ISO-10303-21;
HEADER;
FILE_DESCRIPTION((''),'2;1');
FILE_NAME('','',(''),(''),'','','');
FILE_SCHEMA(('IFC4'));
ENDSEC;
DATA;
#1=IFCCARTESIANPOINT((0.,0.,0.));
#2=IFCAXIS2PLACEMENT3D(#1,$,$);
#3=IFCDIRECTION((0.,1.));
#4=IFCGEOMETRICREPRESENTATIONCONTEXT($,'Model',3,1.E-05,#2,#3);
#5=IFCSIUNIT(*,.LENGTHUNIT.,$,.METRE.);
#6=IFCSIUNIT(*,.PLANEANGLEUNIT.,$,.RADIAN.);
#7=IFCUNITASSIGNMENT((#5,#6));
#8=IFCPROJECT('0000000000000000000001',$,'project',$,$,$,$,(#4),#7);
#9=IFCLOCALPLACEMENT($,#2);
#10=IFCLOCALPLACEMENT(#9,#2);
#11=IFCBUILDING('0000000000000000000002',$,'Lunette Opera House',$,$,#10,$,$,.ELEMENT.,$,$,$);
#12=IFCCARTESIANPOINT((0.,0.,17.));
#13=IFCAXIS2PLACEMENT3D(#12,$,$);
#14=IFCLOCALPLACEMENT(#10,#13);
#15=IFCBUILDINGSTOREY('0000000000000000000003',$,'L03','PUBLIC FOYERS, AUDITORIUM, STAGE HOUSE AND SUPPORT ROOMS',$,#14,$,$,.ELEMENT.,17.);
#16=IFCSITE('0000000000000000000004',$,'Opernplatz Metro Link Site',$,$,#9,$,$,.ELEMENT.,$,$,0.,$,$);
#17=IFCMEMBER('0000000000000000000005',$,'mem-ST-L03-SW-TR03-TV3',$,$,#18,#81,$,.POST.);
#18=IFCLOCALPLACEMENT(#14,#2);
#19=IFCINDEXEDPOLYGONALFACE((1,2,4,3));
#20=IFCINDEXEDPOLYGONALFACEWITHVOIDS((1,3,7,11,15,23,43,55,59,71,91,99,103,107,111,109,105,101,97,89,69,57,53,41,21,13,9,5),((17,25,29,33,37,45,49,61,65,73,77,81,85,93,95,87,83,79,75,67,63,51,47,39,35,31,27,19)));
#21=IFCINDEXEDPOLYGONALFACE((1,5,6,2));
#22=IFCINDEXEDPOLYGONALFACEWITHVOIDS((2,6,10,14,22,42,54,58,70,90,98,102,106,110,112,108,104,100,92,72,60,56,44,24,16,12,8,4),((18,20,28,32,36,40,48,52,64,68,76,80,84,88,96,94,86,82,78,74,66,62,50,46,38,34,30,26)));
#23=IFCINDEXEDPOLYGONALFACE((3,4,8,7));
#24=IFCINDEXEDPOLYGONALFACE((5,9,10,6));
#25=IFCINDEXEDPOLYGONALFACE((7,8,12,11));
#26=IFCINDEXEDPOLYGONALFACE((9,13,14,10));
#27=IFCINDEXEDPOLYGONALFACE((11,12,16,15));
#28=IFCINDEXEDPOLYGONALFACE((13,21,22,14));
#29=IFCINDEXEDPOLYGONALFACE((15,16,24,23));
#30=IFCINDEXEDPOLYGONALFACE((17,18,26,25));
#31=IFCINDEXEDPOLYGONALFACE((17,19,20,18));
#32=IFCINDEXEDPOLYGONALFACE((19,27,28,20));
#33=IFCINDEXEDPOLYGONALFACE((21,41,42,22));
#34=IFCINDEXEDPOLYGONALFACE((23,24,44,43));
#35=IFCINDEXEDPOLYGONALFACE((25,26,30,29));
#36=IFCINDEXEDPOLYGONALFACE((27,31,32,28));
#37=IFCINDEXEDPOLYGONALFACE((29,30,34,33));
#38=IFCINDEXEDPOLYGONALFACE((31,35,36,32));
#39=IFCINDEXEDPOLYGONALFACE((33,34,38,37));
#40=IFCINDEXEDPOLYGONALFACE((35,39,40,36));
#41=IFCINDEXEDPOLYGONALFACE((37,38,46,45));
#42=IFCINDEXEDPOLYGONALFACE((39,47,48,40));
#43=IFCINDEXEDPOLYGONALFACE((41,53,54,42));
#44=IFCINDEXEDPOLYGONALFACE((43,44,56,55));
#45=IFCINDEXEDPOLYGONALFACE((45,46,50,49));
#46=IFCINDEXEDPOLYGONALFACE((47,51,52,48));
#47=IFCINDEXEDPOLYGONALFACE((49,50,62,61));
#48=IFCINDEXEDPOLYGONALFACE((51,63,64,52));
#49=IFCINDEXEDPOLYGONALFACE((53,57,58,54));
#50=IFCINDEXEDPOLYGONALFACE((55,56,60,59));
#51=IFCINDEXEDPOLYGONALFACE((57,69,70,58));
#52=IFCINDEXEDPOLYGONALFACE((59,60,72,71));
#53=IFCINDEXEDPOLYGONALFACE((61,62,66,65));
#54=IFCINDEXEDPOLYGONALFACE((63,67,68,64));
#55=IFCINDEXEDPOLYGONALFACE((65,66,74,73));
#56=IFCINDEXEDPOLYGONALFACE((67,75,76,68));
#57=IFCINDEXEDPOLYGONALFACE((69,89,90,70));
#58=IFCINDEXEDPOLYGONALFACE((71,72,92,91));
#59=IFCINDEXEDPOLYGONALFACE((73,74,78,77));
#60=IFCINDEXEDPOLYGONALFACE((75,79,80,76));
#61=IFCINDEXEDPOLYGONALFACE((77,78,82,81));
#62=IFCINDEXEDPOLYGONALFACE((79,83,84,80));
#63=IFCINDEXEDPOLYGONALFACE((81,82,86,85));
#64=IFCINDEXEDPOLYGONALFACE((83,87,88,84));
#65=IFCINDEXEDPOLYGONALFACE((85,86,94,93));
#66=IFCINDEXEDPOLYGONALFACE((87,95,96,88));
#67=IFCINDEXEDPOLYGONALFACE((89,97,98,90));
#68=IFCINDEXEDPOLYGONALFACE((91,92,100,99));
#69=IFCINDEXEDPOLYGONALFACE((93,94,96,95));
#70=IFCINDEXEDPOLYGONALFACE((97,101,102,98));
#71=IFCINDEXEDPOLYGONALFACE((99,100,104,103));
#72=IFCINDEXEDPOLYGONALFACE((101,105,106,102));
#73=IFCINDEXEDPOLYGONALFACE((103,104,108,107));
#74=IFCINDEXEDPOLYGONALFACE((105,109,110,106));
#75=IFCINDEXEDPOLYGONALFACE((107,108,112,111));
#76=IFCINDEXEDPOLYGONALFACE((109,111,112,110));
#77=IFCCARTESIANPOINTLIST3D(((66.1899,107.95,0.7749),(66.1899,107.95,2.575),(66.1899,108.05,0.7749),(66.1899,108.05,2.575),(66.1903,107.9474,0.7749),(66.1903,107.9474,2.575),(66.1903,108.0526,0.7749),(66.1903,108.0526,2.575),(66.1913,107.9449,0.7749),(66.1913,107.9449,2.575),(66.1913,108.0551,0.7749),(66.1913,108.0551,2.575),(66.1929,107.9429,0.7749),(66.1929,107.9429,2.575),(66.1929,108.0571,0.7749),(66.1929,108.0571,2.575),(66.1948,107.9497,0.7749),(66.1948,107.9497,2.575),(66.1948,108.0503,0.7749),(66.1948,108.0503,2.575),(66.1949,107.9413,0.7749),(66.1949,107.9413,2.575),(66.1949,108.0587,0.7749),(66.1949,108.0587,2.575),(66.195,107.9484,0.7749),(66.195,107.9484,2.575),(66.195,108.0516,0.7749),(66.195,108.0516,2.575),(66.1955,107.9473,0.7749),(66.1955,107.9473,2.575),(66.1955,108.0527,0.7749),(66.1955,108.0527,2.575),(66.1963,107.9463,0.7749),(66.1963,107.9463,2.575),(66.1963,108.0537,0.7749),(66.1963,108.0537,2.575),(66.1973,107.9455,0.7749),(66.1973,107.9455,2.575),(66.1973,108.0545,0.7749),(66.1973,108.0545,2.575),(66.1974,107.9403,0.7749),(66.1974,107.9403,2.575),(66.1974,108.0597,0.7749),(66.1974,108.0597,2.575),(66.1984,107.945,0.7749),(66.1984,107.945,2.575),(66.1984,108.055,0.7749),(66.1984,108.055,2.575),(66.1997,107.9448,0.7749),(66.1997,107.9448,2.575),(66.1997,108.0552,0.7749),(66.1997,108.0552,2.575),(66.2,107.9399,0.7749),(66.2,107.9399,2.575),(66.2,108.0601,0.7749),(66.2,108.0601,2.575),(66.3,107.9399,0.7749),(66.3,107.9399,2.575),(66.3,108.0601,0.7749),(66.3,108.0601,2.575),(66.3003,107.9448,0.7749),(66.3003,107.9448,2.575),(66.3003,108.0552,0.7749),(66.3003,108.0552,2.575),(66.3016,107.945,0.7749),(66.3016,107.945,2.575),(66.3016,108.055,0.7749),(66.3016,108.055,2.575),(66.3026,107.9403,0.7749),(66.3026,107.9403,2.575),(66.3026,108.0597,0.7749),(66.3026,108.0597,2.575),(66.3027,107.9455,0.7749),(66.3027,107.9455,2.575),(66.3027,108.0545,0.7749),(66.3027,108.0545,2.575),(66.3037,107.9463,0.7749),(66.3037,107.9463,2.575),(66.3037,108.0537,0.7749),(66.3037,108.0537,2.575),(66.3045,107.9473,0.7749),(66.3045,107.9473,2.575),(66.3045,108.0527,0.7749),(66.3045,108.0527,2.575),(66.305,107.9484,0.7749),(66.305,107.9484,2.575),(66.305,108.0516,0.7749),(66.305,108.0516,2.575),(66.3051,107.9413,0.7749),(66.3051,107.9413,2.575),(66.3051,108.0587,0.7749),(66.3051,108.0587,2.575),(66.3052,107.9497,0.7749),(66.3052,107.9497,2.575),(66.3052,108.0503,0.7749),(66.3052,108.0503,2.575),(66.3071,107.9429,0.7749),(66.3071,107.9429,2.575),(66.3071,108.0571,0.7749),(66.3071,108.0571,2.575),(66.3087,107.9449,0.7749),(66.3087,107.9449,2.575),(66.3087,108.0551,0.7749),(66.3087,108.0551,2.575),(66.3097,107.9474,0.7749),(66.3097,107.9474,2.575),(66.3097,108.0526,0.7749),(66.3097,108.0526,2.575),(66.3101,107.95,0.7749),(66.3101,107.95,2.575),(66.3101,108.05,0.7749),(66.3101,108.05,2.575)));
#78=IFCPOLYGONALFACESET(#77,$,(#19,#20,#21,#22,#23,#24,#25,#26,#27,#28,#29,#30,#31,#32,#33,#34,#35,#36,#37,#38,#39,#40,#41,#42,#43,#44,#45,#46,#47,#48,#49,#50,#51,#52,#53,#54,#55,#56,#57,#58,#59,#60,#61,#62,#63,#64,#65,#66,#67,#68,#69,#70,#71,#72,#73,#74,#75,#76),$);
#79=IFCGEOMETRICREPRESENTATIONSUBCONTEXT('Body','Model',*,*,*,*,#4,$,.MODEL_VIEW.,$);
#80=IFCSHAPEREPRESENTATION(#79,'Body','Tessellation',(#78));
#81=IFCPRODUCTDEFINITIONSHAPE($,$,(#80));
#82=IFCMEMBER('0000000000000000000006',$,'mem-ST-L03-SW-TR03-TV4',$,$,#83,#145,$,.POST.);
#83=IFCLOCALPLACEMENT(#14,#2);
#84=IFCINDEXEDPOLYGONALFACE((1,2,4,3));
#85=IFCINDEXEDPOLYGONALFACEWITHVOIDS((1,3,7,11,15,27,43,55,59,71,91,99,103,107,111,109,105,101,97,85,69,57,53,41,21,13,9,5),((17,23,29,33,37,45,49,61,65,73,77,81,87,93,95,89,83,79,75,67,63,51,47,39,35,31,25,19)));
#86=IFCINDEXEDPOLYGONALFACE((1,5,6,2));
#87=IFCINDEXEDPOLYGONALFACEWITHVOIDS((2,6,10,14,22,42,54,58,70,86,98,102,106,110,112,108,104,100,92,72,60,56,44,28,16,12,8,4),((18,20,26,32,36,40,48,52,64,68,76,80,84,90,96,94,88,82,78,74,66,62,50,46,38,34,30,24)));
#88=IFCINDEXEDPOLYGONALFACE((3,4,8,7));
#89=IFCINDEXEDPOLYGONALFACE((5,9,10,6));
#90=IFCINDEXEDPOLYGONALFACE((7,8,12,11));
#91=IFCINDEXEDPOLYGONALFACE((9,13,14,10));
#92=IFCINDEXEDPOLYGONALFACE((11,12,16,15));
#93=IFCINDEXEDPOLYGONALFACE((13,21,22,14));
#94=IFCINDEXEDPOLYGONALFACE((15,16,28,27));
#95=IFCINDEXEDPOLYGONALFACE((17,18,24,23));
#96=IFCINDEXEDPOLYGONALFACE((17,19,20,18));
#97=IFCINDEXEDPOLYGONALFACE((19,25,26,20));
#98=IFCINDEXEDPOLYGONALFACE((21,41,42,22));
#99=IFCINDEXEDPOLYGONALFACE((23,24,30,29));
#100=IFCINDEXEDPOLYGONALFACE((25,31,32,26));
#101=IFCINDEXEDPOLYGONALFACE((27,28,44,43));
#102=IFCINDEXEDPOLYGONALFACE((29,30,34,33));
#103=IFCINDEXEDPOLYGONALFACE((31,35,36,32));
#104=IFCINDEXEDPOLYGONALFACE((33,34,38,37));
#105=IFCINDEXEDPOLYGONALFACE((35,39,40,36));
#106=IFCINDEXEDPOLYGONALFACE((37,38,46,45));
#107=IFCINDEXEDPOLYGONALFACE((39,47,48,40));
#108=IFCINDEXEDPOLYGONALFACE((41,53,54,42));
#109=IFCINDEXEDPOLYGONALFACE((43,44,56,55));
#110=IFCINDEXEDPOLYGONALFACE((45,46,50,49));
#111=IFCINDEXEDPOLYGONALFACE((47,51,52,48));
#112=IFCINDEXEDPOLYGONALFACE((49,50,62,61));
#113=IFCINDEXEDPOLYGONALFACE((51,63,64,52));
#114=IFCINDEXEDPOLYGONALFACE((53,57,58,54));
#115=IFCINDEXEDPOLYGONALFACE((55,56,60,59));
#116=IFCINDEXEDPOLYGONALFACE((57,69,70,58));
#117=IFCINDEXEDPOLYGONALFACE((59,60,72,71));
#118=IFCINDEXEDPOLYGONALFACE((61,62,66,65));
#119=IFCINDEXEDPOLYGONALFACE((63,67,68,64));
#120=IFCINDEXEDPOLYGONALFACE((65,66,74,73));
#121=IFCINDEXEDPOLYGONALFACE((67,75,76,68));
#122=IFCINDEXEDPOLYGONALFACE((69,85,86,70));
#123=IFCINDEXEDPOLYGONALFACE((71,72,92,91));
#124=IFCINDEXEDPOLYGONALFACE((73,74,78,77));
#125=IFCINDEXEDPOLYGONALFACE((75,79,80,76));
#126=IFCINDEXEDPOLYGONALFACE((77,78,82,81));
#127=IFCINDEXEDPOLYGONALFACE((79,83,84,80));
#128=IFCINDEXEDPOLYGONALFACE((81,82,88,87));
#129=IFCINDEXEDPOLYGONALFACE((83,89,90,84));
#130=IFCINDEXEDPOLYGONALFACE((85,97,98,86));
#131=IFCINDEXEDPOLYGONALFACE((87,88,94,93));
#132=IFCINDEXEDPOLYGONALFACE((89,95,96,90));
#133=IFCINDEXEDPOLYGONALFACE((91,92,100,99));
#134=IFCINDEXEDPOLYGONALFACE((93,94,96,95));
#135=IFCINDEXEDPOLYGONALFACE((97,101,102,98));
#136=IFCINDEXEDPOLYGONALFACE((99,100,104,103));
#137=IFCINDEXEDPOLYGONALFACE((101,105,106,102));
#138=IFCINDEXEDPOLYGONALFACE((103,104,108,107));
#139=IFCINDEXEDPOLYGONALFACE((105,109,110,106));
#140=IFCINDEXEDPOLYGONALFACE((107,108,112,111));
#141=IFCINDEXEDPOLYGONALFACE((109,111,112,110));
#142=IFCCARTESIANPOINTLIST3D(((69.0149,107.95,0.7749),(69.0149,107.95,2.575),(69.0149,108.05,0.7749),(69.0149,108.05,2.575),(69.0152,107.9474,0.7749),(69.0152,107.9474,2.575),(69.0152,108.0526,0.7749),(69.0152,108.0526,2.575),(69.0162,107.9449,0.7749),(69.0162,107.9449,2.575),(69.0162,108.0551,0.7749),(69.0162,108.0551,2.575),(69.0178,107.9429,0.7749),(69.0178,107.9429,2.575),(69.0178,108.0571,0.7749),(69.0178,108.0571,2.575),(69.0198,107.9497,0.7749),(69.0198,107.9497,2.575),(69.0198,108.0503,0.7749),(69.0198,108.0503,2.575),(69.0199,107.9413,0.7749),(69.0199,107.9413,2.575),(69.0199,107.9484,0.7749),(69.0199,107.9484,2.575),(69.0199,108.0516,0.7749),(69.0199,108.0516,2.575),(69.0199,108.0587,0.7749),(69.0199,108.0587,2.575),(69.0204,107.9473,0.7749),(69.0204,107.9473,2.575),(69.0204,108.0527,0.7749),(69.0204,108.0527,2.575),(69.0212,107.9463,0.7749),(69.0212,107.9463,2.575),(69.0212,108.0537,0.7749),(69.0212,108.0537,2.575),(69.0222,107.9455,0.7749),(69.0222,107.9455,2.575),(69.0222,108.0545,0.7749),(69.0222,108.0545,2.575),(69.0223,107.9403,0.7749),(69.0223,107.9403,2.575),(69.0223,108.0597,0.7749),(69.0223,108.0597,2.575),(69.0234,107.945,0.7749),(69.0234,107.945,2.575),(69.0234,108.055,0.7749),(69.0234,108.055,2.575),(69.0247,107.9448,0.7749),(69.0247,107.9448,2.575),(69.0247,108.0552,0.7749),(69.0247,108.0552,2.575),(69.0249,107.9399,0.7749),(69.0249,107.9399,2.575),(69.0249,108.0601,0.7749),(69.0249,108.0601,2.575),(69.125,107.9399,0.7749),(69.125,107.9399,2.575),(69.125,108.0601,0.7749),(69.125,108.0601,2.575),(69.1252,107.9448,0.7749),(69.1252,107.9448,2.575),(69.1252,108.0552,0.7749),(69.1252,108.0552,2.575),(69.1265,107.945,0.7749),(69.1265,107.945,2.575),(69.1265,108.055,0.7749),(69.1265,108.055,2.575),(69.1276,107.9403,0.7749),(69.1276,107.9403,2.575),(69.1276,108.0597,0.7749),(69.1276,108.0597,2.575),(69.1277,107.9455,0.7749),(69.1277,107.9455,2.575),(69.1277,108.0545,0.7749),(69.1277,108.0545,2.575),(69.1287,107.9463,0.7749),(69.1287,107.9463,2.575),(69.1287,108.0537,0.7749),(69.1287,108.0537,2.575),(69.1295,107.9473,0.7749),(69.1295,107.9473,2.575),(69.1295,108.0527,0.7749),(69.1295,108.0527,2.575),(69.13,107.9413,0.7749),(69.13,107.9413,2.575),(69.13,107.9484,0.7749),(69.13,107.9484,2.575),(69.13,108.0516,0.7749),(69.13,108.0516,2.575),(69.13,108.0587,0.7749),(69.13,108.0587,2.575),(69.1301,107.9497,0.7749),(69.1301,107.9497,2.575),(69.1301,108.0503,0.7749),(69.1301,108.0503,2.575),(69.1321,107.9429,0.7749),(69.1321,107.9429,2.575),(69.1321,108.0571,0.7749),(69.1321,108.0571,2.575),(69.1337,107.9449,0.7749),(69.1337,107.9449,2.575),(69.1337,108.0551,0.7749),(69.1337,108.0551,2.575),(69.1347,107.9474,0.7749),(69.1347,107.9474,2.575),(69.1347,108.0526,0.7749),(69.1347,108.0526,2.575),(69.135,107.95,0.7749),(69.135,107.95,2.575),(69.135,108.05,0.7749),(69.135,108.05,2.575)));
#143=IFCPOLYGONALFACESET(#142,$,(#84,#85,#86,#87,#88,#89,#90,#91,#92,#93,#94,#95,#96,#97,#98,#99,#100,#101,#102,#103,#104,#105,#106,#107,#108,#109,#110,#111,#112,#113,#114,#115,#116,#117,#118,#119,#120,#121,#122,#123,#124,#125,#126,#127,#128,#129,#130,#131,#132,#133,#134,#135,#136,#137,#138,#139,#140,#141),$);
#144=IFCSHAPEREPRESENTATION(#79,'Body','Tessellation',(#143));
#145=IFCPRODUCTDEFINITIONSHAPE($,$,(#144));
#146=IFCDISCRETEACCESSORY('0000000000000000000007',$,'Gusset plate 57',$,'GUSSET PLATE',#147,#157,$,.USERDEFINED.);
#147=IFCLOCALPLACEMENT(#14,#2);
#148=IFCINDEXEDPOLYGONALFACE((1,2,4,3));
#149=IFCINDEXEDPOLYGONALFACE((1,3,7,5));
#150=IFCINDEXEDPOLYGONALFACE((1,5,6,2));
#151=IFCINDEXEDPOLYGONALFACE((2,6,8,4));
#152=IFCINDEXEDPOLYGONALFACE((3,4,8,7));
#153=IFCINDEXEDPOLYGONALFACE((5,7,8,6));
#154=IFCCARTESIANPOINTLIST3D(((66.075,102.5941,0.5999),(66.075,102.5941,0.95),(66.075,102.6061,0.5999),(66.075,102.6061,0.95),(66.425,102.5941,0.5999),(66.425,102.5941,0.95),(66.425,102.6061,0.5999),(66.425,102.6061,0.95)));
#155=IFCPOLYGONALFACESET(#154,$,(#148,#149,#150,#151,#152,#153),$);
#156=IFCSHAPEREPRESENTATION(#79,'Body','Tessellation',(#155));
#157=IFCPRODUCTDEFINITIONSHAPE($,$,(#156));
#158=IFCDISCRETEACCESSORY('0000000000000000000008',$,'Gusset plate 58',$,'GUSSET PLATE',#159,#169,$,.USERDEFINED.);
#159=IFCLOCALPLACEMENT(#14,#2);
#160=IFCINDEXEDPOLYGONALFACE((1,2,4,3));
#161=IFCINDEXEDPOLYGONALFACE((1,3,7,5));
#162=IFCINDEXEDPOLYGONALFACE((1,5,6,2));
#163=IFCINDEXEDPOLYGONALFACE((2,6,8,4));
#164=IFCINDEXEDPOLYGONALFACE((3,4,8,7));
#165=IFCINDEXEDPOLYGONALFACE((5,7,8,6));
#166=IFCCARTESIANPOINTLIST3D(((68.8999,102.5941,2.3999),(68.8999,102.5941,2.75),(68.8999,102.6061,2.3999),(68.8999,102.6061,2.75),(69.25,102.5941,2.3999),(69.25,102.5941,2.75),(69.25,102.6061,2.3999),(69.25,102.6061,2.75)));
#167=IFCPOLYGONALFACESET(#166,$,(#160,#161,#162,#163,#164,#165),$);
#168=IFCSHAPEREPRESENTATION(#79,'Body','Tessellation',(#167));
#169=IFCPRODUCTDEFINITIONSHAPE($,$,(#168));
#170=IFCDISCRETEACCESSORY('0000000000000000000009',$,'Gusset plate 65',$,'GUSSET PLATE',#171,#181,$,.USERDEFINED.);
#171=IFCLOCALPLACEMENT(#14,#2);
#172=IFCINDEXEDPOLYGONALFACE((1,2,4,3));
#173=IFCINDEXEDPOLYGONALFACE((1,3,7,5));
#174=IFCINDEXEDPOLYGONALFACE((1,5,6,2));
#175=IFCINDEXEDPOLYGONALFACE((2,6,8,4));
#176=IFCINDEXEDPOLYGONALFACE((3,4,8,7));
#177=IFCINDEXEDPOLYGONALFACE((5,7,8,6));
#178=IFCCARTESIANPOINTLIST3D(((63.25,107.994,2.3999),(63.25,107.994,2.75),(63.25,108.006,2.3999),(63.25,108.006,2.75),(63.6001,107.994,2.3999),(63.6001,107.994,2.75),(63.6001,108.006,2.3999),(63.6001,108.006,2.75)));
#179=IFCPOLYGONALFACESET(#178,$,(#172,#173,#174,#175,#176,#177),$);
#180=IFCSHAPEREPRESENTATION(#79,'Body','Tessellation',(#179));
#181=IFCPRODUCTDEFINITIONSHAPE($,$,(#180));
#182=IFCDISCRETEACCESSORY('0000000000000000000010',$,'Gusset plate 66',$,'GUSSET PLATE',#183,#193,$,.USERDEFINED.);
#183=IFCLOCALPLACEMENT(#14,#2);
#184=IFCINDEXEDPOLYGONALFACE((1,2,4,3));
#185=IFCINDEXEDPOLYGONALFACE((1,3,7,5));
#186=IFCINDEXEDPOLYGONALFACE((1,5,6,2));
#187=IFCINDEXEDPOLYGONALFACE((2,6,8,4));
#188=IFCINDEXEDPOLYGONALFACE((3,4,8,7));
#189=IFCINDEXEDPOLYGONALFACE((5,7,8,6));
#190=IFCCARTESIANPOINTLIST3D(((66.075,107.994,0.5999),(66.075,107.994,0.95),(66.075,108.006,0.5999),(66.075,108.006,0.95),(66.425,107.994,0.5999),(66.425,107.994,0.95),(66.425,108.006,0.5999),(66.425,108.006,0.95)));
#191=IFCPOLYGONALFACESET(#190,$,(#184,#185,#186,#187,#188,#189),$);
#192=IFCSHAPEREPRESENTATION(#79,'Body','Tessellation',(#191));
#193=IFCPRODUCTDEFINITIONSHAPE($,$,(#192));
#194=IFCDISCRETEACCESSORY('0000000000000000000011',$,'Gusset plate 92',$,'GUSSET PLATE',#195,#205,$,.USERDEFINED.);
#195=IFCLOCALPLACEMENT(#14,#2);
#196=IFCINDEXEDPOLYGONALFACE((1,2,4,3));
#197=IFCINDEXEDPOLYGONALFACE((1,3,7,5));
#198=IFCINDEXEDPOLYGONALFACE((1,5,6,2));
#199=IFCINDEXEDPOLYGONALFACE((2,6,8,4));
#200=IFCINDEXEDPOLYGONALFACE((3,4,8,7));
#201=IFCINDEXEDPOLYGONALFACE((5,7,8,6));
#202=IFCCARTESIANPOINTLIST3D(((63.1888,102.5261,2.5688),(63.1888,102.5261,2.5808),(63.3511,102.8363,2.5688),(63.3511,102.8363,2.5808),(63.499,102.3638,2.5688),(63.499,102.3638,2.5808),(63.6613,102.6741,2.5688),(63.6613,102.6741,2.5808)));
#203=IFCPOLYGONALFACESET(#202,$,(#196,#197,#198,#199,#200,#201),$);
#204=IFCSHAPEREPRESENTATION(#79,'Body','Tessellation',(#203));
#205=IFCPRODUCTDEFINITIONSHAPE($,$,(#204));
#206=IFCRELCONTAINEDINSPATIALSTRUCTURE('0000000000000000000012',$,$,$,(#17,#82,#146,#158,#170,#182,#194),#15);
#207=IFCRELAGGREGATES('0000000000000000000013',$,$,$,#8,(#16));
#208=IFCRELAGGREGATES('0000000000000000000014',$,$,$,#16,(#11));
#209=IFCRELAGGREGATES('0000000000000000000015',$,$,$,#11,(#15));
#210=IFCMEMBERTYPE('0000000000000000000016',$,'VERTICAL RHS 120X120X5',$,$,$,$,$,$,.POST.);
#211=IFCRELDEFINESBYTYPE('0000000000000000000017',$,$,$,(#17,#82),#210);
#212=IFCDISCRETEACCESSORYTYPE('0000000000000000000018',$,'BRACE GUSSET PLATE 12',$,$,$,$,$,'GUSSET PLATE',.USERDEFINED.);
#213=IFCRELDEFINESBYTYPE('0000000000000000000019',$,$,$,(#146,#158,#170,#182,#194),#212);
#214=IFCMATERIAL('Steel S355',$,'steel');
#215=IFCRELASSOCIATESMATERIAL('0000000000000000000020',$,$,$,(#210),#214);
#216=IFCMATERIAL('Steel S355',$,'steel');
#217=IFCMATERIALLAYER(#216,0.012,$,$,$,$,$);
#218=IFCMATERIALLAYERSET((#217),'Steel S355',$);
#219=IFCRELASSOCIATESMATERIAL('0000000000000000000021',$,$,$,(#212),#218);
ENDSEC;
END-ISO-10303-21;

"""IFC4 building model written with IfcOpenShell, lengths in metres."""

from ifc_helpers import new_model, si_unit, direction, frame, origin, origin_2d, place, context, subcontext, project, spatial, rectangle, hollow_rectangle, extrude, material, layer, layer_set, material_profile, profile_set, type_object, element, save


model = new_model("IFC4")

# Units and contexts
model_context = context("Model", 3, precision=1e-05, world=origin(), true_north=direction((0.0, 1.0)))
body_context = subcontext(model_context, "Body", "Model", "MODEL_VIEW")
ifc_project = project(units=[si_unit("LENGTHUNIT", "METRE"), si_unit("PLANEANGLEUNIT", "RADIAN")], contexts=[model_context])

# Site, building, storey
site_placement = place(None, origin())
site = spatial("IfcSite", under=ifc_project, at=site_placement, Name="Opernplatz Metro Link Site", CompositionType="ELEMENT", RefElevation=0.0)
building_placement = place(site_placement, origin())
building = spatial("IfcBuilding", under=site, at=building_placement, Name="Lunette Opera House", CompositionType="ELEMENT")
storey_placement = place(building_placement, frame((0.0, 0.0, 17.0)))
storey = spatial("IfcBuildingStorey", under=building, at=storey_placement, Name="L03", Description="PUBLIC FOYERS, AUDITORIUM, STAGE HOUSE AND SUPPORT ROOMS", CompositionType="ELEMENT", Elevation=17.0)

# Members
ifc_material_1 = material(Name="Steel S355", Category="steel")
ifc_material_profile_1 = material_profile(ifc_material_1, hollow_rectangle(XDim=0.1201, YDim=0.1201, WallThickness=0.0049, InnerFilletRadius=0.0049, OuterFilletRadius=0.01, at=origin_2d()), Name="RHS 120X120X5")
ifc_profile_set_1 = profile_set([ifc_material_profile_1], Name="Steel S355")
member_type_1 = type_object("IfcMemberType", Name="VERTICAL RHS 120X120X5", PredefinedType="POST", material=ifc_profile_set_1)
for number, where, z_axis, x_axis, name in (
    (1, (66.25, 108.0, 0.7749), (0.0, 0.0, 1.0), (1.0, 0.0, 0.0), "mem-ST-L03-SW-TR03-TV3"),
    (2, (69.075, 108.0, 0.7749), (0.0, 0.0, 1.0), (1.0, 0.0, 0.0), "mem-ST-L03-SW-TR03-TV4"),
):
    element("IfcMember", number, at=place(storey_placement, frame(where, z_axis=z_axis, x_axis=x_axis)), inside=storey, type_object=member_type_1, Name=name, PredefinedType="POST", context=body_context, shape_type="SweptSolid", body=[
        extrude(hollow_rectangle(XDim=0.1201, YDim=0.1201, WallThickness=0.0049, InnerFilletRadius=0.0049, OuterFilletRadius=0.01, at=origin_2d()), origin(), (0.0, 0.0, 1.0), 1.8),
    ])

# Discrete accessories
ifc_material_2 = material(Name="Steel S355", Category="steel")
ifc_layer = layer(ifc_material_2, 0.012)
ifc_layer_set = layer_set([ifc_layer], Name="Steel S355")
discrete_accessory_type = type_object("IfcDiscreteAccessoryType", Name="BRACE GUSSET PLATE 12", ElementType="GUSSET PLATE", PredefinedType="USERDEFINED", material=ifc_layer_set)
for number, where, z_axis, x_axis, name in (
    (3, (66.25, 102.6001, 0.5999), (0.0, 0.0, 1.0), (1.0, 0.0, 0.0), "Gusset plate 57"),
    (4, (69.075, 102.6001, 2.3999), (0.0, 0.0, 1.0), (1.0, 0.0, 0.0), "Gusset plate 58"),
    (5, (63.425, 108.0, 2.3999), (0.0, 0.0, 1.0), (1.0, 0.0, 0.0), "Gusset plate 65"),
    (6, (66.25, 108.0, 0.5999), (0.0, 0.0, 1.0), (1.0, 0.0, 0.0), "Gusset plate 66"),
):
    element("IfcDiscreteAccessory", number, at=place(storey_placement, frame(where, z_axis=z_axis, x_axis=x_axis)), inside=storey, type_object=discrete_accessory_type, Name=name, ObjectType="GUSSET PLATE", PredefinedType="USERDEFINED", context=body_context, shape_type="SweptSolid", body=[
        extrude(rectangle(XDim=0.3501, YDim=0.012, at=origin_2d()), origin(), (0.0, 0.0, 1.0), 0.3501),
    ])
discrete_accessory_placement = place(storey_placement, frame((63.425, 102.6001, 2.5688), z_axis=(0.0, 0.0, 1.0), x_axis=(0.463547, 0.886073, 0.0)))
element("IfcDiscreteAccessory", 7, at=discrete_accessory_placement, inside=storey, type_object=discrete_accessory_type, Name="Gusset plate 92", ObjectType="GUSSET PLATE", PredefinedType="USERDEFINED", context=body_context, shape_type="SweptSolid", body=[
    extrude(rectangle(XDim=0.3501, YDim=0.3501, at=origin_2d()), origin(), (0.0, 0.0, 1.0), 0.012),
])

save(model, "model.ifc")
